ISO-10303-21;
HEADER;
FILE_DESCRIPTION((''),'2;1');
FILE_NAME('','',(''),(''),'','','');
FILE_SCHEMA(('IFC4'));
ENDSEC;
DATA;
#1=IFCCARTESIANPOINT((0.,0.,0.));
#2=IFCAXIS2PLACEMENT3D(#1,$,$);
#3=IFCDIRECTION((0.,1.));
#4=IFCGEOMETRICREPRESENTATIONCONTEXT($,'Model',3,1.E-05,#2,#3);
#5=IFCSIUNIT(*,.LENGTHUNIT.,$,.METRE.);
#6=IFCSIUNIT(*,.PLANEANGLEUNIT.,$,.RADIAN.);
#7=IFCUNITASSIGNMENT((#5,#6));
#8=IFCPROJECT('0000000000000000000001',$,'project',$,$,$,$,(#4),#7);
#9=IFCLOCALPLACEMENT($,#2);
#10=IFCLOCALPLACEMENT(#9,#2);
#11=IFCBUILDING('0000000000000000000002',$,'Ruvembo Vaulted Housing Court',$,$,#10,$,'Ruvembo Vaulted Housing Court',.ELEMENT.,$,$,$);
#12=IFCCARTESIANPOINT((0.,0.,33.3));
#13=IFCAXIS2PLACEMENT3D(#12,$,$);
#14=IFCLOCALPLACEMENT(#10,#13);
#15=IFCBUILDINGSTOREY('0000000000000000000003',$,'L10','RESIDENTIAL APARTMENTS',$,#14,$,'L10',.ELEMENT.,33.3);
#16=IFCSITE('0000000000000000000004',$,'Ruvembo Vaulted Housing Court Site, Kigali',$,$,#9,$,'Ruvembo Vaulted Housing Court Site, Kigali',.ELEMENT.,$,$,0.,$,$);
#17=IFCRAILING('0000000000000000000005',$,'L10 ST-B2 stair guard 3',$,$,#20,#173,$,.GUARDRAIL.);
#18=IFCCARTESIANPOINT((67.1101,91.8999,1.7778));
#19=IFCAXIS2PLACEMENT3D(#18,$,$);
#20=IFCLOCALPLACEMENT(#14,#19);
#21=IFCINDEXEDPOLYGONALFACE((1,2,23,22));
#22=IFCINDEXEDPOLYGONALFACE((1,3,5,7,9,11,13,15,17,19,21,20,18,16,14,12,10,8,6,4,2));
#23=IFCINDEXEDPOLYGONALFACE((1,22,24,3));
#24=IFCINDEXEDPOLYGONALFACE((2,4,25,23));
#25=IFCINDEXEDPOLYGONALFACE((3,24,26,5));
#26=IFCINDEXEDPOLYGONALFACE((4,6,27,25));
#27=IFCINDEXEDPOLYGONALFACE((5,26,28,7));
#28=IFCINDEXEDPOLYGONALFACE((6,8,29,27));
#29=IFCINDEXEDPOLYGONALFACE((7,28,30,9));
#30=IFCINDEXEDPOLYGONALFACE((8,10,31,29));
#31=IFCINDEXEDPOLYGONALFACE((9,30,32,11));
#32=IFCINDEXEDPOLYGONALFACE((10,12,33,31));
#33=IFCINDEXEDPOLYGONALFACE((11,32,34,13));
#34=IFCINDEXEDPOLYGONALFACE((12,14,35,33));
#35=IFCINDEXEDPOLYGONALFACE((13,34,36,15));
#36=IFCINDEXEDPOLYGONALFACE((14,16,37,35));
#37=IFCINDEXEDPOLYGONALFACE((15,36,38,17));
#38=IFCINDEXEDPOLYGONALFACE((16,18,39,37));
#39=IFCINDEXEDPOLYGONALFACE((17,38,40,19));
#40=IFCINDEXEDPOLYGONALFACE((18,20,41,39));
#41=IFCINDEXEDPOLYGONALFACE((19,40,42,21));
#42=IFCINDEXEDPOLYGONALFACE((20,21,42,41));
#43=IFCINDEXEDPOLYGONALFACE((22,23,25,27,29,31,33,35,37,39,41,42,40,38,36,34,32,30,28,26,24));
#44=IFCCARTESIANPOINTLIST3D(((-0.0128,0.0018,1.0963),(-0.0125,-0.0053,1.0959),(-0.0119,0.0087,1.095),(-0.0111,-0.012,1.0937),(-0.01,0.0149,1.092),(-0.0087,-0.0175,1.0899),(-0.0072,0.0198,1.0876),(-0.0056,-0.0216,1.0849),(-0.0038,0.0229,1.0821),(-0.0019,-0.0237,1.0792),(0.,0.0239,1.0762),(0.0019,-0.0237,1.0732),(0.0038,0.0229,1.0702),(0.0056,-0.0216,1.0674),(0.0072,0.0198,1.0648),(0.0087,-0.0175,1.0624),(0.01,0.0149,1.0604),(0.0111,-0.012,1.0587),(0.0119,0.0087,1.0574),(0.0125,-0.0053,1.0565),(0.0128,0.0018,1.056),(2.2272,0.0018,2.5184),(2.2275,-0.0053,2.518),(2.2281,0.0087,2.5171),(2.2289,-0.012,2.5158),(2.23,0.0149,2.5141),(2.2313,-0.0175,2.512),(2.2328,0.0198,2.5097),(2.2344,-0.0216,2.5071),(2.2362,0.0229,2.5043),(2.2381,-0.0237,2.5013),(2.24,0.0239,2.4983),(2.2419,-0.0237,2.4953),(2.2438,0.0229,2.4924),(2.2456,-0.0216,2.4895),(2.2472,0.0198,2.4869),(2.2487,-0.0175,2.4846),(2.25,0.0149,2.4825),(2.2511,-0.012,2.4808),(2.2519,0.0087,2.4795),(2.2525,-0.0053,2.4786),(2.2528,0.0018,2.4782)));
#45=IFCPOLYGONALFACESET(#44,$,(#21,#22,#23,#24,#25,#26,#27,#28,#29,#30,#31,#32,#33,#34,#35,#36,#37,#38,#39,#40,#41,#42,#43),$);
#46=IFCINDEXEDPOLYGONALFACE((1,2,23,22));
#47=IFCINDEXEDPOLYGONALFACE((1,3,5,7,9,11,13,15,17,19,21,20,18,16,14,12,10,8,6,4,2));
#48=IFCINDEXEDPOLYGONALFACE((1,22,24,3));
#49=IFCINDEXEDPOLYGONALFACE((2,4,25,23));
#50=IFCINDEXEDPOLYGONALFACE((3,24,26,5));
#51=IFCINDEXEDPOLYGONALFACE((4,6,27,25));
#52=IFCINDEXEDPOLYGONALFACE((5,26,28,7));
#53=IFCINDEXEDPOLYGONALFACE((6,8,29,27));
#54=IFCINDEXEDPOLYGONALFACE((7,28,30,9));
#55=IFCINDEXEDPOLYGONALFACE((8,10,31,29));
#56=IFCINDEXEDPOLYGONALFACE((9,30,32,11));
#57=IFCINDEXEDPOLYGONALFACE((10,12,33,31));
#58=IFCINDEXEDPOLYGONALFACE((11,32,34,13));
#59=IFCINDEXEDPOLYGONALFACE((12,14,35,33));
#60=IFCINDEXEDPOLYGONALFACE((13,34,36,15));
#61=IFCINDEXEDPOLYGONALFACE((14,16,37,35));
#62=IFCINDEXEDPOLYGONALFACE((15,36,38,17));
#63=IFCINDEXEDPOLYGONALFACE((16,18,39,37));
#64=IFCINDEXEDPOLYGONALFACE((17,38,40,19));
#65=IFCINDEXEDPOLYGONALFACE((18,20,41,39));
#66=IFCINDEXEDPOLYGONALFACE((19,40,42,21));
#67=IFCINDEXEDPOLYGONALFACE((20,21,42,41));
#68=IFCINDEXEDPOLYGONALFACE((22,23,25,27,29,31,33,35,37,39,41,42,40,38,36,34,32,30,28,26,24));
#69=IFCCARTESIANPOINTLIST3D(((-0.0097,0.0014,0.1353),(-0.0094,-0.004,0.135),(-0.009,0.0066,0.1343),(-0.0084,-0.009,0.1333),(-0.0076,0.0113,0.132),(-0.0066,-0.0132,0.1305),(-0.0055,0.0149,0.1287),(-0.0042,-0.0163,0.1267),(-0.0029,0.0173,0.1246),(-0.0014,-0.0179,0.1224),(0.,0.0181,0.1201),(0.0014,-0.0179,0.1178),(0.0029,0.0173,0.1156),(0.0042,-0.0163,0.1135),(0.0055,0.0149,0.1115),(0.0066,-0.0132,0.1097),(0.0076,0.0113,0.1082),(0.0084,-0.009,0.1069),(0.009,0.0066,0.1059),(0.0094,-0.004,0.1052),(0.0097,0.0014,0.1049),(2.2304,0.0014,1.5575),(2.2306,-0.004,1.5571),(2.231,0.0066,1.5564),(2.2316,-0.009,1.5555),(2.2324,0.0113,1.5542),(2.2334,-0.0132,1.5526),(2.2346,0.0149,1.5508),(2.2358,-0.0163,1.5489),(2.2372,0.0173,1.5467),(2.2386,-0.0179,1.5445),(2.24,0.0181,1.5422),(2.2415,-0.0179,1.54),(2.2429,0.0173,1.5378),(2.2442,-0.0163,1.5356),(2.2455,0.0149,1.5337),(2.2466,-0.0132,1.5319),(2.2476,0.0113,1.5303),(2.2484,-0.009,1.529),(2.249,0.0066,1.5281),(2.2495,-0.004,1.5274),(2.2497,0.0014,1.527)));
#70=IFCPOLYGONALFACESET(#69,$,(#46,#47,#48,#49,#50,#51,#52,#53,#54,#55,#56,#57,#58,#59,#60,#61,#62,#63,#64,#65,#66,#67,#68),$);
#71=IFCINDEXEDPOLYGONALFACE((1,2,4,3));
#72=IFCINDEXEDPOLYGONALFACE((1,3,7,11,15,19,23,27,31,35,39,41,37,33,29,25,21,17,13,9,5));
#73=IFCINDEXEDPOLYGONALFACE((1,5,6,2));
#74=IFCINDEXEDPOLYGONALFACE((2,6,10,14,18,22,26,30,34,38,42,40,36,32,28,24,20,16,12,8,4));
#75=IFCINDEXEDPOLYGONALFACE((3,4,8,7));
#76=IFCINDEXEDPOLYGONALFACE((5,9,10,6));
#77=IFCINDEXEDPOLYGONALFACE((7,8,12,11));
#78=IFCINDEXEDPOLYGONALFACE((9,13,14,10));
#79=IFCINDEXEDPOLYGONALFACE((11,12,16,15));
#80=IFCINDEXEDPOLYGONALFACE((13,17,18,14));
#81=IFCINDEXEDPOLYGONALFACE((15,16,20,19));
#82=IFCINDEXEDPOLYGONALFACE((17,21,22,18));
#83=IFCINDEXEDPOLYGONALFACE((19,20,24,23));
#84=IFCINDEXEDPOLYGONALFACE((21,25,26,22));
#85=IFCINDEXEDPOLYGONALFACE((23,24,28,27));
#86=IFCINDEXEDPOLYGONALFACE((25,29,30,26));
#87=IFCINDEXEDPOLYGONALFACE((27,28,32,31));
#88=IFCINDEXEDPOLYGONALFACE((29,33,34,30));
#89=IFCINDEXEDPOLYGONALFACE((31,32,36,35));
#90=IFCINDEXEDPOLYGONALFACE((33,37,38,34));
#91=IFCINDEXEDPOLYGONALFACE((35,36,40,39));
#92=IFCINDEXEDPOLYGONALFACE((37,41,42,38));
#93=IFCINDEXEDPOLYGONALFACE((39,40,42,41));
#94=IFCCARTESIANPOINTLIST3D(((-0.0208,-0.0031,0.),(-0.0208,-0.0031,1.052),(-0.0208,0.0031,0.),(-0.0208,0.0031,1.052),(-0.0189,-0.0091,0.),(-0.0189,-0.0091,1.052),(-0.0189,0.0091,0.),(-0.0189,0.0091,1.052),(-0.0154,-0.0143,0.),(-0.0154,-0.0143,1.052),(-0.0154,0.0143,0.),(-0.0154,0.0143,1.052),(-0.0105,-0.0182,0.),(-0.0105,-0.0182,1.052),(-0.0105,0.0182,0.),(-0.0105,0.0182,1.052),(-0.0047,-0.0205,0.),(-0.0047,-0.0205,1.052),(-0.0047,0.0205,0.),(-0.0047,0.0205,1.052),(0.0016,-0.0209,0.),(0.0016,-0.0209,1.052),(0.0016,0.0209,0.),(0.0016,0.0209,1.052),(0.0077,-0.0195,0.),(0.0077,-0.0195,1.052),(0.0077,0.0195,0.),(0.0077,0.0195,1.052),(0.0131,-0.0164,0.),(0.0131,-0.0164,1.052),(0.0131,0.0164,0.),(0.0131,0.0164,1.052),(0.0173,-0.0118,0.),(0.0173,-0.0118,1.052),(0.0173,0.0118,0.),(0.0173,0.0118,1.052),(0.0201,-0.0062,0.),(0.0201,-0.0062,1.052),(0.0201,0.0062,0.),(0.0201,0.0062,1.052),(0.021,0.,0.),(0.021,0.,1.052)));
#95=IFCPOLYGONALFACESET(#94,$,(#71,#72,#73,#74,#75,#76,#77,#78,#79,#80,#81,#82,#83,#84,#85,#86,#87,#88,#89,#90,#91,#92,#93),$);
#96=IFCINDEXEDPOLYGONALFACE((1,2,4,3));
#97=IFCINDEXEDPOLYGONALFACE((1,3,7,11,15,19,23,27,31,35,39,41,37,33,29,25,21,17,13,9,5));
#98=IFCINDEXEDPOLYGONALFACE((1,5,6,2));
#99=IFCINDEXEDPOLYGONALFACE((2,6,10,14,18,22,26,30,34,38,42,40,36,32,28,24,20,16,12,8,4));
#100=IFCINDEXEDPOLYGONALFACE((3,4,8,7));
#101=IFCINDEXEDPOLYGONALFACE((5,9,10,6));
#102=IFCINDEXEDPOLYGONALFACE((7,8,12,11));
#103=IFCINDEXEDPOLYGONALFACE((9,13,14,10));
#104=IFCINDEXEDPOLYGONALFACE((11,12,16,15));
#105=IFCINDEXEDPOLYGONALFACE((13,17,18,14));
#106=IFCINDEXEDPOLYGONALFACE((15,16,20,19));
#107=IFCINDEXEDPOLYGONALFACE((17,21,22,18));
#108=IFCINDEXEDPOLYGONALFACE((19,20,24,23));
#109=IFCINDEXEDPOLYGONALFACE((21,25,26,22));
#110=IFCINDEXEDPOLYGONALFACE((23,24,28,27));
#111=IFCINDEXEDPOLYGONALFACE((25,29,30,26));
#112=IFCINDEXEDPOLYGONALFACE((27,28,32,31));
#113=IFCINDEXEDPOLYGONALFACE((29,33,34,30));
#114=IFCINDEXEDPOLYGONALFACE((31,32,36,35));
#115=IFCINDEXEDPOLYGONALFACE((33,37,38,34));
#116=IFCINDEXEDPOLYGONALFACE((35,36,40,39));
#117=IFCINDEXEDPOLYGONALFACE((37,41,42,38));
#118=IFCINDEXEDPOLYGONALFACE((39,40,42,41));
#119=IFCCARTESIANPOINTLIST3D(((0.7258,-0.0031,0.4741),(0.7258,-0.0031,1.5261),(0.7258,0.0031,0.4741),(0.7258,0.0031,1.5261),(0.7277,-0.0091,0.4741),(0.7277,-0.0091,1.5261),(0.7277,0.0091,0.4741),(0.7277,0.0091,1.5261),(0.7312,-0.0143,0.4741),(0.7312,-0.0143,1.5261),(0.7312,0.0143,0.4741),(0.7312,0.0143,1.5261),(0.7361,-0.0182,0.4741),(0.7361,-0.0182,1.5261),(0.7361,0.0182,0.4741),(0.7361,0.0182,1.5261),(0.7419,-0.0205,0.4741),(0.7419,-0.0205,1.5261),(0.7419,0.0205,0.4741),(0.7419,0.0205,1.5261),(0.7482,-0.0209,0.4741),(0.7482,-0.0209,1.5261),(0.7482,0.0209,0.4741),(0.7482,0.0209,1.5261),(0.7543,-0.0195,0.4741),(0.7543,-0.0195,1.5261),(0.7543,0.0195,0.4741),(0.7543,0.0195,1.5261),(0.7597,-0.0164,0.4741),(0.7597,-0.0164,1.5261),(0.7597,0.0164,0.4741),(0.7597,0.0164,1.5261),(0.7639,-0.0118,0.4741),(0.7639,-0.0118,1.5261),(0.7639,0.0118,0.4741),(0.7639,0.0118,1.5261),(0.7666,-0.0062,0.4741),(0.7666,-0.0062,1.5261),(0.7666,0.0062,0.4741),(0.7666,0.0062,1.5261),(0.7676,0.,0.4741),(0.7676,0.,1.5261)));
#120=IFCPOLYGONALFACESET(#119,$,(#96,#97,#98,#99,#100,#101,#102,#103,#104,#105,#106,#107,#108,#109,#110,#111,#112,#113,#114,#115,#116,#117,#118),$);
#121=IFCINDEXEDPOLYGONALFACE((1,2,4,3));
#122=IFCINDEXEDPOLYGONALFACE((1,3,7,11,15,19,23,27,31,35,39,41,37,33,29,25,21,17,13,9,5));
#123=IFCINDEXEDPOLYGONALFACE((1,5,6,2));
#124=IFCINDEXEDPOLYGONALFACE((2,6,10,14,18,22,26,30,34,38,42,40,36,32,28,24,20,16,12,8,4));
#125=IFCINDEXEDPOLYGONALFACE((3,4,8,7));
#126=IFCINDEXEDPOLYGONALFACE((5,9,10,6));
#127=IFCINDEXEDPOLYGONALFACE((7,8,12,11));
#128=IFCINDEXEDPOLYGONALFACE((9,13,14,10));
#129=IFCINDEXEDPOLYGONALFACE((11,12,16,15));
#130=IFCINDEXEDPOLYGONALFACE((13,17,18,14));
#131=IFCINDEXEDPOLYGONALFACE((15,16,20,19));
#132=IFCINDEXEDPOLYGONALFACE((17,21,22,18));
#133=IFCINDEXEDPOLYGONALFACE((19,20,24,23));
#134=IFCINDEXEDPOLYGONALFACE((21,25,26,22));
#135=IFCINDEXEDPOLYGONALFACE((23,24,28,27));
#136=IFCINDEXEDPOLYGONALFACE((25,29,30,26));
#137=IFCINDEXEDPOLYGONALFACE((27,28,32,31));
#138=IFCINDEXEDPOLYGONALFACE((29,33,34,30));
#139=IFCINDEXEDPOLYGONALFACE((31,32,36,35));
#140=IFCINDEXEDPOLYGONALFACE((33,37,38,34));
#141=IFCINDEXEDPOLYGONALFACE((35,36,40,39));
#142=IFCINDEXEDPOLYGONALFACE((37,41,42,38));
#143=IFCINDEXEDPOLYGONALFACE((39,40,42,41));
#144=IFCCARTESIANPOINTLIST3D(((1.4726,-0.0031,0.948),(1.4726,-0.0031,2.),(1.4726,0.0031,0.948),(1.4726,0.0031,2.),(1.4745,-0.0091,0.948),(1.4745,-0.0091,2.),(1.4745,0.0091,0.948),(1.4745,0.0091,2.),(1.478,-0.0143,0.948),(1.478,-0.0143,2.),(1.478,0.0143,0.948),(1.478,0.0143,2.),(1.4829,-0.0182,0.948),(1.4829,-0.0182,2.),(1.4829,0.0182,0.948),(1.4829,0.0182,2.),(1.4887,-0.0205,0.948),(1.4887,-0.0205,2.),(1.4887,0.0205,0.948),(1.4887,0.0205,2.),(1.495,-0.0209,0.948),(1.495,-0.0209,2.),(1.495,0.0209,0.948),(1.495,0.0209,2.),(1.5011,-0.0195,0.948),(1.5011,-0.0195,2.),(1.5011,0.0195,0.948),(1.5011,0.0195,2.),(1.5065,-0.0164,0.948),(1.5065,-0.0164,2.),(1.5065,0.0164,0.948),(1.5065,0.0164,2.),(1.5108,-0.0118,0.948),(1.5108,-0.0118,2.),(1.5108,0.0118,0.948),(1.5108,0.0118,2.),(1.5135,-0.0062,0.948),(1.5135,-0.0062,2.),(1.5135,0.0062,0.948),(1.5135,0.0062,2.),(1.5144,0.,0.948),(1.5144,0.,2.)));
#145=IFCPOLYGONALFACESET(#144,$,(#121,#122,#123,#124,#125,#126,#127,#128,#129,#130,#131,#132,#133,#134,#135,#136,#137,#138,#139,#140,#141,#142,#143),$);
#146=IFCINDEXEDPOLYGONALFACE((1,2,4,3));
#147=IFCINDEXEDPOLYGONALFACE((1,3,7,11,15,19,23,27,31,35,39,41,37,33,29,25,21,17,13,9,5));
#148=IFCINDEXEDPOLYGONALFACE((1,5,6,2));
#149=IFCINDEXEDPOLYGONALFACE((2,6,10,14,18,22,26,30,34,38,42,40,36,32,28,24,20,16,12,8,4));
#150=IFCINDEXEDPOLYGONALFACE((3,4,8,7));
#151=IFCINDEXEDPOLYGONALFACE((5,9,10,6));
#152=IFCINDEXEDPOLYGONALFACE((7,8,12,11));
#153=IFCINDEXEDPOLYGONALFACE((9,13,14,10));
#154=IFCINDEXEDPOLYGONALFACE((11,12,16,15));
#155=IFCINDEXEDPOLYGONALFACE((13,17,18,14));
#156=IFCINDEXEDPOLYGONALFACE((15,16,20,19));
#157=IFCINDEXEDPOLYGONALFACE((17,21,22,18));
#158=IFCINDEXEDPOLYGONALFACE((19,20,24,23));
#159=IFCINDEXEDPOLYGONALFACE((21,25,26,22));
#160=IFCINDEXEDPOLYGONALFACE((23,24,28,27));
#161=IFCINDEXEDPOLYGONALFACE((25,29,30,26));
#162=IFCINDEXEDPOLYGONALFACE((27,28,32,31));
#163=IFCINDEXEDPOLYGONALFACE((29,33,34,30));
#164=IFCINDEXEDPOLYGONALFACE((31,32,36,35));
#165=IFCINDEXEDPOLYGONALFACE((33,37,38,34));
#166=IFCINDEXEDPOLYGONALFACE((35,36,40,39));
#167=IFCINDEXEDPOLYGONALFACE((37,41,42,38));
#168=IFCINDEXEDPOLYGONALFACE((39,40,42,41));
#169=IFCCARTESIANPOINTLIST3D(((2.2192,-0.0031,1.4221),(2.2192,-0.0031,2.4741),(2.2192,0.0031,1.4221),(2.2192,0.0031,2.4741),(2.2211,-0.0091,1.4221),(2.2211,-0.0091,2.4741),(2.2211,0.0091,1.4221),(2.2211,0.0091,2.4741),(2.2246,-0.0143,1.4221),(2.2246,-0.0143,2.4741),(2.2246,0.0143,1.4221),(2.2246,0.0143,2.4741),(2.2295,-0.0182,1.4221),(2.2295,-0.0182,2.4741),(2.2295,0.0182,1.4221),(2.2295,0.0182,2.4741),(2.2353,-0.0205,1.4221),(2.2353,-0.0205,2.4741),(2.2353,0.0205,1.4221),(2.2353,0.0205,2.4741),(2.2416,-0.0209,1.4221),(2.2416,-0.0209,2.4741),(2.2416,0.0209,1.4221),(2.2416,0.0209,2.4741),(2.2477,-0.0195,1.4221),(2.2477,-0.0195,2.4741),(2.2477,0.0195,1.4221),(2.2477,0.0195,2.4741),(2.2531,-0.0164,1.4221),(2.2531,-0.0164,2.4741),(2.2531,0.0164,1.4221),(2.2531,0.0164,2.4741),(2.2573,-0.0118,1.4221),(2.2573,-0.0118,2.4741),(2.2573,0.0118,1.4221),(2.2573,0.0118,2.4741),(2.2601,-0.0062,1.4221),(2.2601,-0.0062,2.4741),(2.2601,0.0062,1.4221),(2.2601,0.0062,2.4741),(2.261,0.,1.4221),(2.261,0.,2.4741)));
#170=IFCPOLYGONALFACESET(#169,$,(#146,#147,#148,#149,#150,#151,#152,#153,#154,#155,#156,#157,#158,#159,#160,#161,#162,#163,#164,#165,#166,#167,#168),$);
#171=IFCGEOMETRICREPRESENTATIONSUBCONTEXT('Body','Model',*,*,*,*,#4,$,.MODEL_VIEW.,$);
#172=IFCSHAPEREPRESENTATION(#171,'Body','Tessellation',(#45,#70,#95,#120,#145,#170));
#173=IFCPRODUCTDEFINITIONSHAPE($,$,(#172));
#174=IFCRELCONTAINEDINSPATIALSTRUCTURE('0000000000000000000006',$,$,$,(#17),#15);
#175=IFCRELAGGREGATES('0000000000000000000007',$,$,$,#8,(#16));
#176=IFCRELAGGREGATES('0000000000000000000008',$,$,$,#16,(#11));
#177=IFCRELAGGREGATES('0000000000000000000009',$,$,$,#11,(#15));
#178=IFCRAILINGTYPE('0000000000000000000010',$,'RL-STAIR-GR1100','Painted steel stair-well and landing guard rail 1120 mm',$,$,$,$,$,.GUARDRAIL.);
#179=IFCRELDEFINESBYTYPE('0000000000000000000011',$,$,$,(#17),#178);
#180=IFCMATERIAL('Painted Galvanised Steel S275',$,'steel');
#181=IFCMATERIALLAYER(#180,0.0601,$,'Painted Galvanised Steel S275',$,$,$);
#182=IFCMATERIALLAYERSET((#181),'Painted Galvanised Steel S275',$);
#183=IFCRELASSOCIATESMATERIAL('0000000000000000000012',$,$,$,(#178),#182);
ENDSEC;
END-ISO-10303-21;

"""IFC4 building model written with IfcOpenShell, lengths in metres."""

from ifc_helpers import new_model, si_unit, direction, frame, origin, origin_2d, place, context, subcontext, project, spatial, circle, extrude, material, layer, layer_set, type_object, element, save


model = new_model("IFC4")

# Units and contexts
model_context = context("Model", 3, precision=1e-05, world=origin(), true_north=direction((0.0, 1.0)))
body_context = subcontext(model_context, "Body", "Model", "MODEL_VIEW")
ifc_project = project(units=[si_unit("LENGTHUNIT", "METRE"), si_unit("PLANEANGLEUNIT", "RADIAN")], contexts=[model_context])

# Site, building, storey
site_placement = place(None, origin())
site = spatial("IfcSite", under=ifc_project, at=site_placement, Name="Ruvembo Vaulted Housing Court Site, Kigali", LongName="Ruvembo Vaulted Housing Court Site, Kigali", CompositionType="ELEMENT", RefElevation=0.0)
building_placement = place(site_placement, origin())
building = spatial("IfcBuilding", under=site, at=building_placement, Name="Ruvembo Vaulted Housing Court", LongName="Ruvembo Vaulted Housing Court", CompositionType="ELEMENT")
storey_placement = place(building_placement, frame((0.0, 0.0, 33.3)))
storey = spatial("IfcBuildingStorey", under=building, at=storey_placement, Name="L10", Description="RESIDENTIAL APARTMENTS", LongName="L10", CompositionType="ELEMENT", Elevation=33.3)

# Railing
ifc_material_1 = material(Name="Painted Galvanised Steel S275", Category="steel")
ifc_layer_1 = layer(ifc_material_1, 0.0601, Name="Painted Galvanised Steel S275")
ifc_layer_set_1 = layer_set([ifc_layer_1], Name="Painted Galvanised Steel S275")
railing_type_1 = type_object("IfcRailingType", Name="RL-STAIR-GR1100", Description="Painted steel stair-well and landing guard rail 1120 mm", PredefinedType="GUARDRAIL", material=ifc_layer_set_1)
railing_1_placement = place(storey_placement, frame((67.1101, 91.8999, 1.7778)))
element("IfcRailing", 1, at=railing_1_placement, inside=storey, type_object=railing_type_1, Name="L10 ST-B2 stair guard 3", PredefinedType="GUARDRAIL", context=body_context, shape_type="SweptSolid", body=[
    extrude(circle(Radius=0.0239, at=origin_2d()), frame((0.0, 0.0, 1.0762), z_axis=(0.844229, 0.0, 0.535982), x_axis=(0.0, 1.0, 0.0)), (0.0, 0.0, 1.0), 2.6533),
    extrude(circle(Radius=0.0181, at=origin_2d()), frame((0.0, 0.0, 0.1201), z_axis=(0.844229, 0.0, 0.535982), x_axis=(0.0, 1.0, 0.0)), (0.0, 0.0, 1.0), 2.6533),
    extrude(circle(Radius=0.021, at=origin_2d()), origin(), (0.0, 0.0, 1.0), 1.052),
    extrude(circle(Radius=0.021, at=origin_2d()), frame((0.7466, 0.0, 0.4741)), (0.0, 0.0, 1.0), 1.052),
    extrude(circle(Radius=0.021, at=origin_2d()), frame((1.4934, 0.0, 0.948)), (0.0, 0.0, 1.0), 1.052),
    extrude(circle(Radius=0.021, at=origin_2d()), frame((2.24, 0.0, 1.4221)), (0.0, 0.0, 1.0), 1.052),
])

save(model, "model.ifc")
